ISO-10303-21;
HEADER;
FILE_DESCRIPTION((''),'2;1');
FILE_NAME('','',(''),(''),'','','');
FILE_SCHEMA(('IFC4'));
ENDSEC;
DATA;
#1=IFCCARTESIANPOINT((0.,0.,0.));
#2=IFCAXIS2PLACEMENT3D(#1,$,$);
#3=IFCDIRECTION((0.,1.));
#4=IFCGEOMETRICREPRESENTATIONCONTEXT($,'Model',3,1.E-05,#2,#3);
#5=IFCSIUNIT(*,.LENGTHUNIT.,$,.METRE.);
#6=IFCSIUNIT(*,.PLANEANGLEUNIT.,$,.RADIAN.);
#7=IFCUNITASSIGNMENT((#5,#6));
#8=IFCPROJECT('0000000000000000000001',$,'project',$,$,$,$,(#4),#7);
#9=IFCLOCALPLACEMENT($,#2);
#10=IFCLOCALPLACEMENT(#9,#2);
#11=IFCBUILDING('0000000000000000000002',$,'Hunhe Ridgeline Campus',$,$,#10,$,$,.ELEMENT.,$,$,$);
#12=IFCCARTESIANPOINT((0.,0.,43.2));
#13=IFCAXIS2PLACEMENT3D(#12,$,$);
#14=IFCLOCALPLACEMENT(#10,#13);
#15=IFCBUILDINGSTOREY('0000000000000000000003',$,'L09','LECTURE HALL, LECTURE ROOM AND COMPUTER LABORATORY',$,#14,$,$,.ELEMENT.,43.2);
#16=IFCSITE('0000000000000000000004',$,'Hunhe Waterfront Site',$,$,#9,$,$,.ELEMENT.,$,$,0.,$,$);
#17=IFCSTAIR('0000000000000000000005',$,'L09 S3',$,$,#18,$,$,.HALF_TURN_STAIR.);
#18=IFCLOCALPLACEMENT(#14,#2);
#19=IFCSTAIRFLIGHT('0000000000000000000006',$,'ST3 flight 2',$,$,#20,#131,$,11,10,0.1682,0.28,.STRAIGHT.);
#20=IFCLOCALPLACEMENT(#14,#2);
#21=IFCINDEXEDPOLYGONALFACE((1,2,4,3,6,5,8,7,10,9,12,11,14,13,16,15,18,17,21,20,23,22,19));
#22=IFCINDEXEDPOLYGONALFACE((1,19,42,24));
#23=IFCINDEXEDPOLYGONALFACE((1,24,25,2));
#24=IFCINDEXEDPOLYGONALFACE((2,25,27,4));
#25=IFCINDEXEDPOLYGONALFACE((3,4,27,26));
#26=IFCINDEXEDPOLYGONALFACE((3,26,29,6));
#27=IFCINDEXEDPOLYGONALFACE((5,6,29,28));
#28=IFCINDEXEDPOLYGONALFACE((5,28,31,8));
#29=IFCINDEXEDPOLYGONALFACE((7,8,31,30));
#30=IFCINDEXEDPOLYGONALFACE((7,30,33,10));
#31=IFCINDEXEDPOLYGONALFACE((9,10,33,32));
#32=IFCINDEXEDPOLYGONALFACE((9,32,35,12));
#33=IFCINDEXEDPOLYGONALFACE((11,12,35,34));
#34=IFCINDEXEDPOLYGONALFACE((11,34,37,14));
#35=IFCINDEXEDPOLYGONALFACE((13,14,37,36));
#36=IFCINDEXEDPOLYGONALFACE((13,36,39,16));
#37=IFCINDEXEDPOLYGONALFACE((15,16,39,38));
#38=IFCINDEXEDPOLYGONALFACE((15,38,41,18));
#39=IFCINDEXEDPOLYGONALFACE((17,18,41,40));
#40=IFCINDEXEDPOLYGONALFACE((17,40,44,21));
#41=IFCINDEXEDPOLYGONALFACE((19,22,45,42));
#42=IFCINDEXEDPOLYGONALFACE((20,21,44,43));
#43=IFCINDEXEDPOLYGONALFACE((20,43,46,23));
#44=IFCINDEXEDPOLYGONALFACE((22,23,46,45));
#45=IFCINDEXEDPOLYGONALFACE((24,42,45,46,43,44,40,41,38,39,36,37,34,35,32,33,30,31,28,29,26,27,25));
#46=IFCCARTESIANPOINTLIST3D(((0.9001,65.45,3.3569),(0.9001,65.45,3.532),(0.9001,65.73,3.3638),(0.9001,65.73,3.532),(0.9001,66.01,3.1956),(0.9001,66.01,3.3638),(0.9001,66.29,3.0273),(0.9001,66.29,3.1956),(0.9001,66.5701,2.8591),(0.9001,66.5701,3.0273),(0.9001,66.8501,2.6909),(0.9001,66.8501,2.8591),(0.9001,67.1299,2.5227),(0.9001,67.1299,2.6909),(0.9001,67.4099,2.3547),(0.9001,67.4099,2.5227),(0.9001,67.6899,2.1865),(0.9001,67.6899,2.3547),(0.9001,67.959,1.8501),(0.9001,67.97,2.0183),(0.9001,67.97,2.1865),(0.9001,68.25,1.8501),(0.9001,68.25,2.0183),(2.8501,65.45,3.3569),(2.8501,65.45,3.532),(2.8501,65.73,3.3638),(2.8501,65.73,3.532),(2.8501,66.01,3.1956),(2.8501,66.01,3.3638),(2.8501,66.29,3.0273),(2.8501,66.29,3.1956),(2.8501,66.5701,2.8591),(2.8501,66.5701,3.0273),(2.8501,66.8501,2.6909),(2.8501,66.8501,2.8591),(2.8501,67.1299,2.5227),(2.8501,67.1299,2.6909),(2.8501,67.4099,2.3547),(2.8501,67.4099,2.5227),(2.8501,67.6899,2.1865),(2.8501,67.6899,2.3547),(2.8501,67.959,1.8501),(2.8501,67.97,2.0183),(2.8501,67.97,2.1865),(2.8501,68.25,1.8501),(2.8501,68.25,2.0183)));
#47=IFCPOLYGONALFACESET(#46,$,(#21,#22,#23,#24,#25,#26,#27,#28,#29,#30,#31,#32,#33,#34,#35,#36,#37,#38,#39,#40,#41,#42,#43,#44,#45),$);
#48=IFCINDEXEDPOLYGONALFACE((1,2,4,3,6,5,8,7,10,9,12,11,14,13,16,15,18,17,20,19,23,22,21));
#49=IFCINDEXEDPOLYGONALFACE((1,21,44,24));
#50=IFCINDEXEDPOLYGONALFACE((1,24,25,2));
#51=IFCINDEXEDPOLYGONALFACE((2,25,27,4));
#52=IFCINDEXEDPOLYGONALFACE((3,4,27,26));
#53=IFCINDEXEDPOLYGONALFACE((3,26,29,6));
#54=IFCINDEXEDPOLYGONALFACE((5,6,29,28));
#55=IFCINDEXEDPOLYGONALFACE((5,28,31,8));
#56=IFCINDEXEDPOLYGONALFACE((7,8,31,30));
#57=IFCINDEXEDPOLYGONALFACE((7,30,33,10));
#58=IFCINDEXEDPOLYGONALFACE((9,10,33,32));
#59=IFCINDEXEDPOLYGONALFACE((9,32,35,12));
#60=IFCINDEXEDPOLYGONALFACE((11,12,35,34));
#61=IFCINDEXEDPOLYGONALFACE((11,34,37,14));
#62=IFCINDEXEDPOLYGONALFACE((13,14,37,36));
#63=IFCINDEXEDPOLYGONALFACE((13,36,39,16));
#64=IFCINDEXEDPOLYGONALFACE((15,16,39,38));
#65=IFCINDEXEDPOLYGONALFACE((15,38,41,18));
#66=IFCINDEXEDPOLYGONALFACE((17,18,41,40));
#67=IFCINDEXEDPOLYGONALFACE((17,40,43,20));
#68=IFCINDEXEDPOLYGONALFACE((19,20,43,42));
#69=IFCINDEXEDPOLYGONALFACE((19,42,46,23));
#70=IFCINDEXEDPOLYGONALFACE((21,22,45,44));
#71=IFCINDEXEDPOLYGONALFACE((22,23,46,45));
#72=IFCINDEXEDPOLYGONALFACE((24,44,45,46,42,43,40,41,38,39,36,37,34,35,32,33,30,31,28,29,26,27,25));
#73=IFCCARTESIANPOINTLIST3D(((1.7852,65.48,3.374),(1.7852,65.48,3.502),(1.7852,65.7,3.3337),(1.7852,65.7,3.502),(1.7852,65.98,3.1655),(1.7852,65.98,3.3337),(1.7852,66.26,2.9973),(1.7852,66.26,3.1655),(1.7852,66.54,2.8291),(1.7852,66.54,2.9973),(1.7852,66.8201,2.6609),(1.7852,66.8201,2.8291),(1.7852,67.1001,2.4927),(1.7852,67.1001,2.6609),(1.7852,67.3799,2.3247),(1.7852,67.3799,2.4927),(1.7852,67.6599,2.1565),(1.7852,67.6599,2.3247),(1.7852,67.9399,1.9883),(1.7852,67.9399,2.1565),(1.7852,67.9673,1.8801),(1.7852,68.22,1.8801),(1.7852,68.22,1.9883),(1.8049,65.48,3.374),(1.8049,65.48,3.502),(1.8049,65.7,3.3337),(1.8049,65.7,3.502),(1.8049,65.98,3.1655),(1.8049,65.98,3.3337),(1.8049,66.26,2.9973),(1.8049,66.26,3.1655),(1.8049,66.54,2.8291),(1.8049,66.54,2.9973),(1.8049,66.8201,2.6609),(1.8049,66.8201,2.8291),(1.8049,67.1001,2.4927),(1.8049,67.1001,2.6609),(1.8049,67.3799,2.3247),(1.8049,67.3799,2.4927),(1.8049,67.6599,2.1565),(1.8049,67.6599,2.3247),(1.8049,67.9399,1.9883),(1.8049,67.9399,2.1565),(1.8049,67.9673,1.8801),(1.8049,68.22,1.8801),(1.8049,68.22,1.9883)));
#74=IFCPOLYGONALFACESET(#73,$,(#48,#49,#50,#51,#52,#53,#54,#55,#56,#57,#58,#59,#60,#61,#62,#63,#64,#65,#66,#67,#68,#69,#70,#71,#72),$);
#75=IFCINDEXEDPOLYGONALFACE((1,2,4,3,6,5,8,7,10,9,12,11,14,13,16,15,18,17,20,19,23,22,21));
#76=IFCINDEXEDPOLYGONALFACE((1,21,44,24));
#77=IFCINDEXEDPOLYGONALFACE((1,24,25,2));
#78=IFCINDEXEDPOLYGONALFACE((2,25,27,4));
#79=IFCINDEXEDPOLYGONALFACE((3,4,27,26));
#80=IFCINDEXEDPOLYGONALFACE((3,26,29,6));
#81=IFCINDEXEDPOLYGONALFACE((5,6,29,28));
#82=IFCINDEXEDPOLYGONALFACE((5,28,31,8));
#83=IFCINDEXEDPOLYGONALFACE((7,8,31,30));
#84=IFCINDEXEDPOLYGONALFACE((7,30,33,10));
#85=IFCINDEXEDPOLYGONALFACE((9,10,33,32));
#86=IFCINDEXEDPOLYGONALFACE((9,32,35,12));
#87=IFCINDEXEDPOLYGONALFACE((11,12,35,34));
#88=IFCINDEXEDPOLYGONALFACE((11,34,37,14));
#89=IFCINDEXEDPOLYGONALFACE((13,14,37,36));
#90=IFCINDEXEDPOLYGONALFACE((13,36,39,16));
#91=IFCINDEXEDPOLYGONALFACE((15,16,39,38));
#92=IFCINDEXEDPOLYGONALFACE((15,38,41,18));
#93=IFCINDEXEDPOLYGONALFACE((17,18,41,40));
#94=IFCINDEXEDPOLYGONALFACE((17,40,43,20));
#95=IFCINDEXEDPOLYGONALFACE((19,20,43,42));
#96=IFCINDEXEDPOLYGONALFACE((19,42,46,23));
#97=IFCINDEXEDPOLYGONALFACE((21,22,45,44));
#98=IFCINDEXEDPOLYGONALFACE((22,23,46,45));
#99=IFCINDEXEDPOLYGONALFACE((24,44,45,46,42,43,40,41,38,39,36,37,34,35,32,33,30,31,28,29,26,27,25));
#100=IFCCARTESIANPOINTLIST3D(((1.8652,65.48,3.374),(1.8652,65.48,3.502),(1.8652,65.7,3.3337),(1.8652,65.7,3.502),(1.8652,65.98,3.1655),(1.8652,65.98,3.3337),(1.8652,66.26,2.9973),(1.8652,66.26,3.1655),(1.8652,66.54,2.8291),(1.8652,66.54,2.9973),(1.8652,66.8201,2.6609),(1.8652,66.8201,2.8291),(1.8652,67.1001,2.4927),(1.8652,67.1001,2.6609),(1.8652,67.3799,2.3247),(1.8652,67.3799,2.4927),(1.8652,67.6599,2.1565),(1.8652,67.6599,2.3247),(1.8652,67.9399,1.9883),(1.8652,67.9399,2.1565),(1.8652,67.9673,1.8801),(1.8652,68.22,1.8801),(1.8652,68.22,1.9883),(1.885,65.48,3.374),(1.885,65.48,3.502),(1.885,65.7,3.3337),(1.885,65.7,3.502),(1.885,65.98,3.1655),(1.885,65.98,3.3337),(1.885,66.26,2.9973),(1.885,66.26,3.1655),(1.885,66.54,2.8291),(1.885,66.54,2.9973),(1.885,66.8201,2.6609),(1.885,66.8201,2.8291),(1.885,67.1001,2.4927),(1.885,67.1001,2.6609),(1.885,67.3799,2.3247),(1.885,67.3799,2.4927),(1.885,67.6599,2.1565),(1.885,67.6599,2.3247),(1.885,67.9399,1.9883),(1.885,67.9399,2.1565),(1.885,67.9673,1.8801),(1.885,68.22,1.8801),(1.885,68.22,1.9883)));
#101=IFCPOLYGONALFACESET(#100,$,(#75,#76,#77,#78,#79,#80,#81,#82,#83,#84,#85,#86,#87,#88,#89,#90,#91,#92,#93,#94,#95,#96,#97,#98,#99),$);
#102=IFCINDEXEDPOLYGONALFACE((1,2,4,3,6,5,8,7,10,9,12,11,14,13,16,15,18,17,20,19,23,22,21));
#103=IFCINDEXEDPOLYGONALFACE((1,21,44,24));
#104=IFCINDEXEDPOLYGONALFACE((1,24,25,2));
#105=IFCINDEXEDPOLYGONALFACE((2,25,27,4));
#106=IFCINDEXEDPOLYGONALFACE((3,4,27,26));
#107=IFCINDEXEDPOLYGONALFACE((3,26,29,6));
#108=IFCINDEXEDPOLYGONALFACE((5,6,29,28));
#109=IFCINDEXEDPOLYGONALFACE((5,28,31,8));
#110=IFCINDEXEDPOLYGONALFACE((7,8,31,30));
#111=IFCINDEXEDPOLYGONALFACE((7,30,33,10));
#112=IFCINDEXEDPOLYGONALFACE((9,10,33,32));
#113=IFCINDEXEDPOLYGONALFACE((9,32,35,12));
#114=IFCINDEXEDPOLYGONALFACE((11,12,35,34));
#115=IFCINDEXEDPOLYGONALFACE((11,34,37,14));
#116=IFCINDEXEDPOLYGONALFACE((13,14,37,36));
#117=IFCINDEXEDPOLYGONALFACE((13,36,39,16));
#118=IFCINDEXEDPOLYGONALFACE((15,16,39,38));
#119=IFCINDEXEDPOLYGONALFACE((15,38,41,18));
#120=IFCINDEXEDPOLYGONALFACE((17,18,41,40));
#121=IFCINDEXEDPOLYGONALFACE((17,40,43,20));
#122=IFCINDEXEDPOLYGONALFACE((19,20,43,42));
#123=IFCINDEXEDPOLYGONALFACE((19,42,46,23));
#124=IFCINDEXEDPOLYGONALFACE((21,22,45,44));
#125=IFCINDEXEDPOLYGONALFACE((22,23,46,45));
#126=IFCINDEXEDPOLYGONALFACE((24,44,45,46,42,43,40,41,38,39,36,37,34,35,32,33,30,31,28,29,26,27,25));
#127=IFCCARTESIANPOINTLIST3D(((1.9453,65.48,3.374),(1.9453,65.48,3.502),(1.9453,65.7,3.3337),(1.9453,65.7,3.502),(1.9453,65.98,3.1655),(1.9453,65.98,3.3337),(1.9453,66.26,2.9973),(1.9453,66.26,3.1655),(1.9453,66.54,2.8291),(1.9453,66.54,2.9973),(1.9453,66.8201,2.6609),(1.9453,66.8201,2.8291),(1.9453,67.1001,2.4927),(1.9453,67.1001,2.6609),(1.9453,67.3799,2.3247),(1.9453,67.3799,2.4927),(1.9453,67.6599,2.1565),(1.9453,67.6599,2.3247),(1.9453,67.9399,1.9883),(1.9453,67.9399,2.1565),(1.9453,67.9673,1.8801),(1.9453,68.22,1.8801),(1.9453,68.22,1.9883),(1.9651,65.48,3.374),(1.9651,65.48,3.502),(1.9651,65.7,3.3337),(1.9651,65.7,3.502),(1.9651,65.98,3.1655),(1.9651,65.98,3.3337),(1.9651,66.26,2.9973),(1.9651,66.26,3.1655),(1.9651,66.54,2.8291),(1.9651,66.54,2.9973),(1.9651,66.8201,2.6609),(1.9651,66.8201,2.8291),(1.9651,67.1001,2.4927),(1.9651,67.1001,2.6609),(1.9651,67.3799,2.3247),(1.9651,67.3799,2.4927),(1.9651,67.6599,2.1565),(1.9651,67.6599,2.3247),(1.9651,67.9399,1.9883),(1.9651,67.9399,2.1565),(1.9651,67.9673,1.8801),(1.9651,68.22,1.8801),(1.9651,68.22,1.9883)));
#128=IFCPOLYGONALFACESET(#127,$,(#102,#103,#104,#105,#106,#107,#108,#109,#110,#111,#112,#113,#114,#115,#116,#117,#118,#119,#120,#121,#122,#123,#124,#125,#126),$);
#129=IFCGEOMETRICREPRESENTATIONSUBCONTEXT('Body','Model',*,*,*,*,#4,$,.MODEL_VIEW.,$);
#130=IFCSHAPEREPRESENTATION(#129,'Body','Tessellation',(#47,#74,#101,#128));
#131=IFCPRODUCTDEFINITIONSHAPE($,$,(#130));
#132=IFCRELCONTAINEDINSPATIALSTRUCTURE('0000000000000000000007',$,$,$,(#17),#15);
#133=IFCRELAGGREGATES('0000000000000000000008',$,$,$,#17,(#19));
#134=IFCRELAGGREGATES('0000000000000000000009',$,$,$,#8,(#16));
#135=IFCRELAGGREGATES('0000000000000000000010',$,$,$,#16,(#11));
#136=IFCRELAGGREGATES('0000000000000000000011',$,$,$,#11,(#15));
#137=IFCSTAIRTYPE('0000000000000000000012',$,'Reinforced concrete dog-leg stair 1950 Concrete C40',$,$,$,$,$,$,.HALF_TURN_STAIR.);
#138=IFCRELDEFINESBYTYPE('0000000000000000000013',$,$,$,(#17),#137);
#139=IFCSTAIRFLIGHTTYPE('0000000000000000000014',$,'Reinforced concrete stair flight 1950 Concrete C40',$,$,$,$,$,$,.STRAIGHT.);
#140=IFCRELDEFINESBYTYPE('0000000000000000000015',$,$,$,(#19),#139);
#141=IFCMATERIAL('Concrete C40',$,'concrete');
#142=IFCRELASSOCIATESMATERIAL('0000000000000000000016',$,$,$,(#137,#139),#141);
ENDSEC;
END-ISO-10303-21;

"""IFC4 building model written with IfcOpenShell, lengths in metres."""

from ifc_helpers import new_model, si_unit, direction, frame, origin, place, context, subcontext, project, spatial, polyline, outline, extrude, material, type_object, element, aggregate, save


model = new_model("IFC4")

# Units and contexts
model_context = context("Model", 3, precision=1e-05, world=origin(), true_north=direction((0.0, 1.0)))
body_context = subcontext(model_context, "Body", "Model", "MODEL_VIEW")
ifc_project = project(units=[si_unit("LENGTHUNIT", "METRE"), si_unit("PLANEANGLEUNIT", "RADIAN")], contexts=[model_context])

# Site, building, storey
site_placement = place(None, origin())
site = spatial("IfcSite", under=ifc_project, at=site_placement, Name="Hunhe Waterfront Site", CompositionType="ELEMENT", RefElevation=0.0)
building_placement = place(site_placement, origin())
building = spatial("IfcBuilding", under=site, at=building_placement, Name="Hunhe Ridgeline Campus", CompositionType="ELEMENT")
storey_placement = place(building_placement, frame((0.0, 0.0, 43.2)))
storey = spatial("IfcBuildingStorey", under=building, at=storey_placement, Name="L09", Description="LECTURE HALL, LECTURE ROOM AND COMPUTER LABORATORY", CompositionType="ELEMENT", Elevation=43.2)

# Stair, stair flight
ifc_material_1 = material(Name="Concrete C40", Category="concrete")
stair_type = type_object("IfcStairType", Name="Reinforced concrete dog-leg stair 1950 Concrete C40", PredefinedType="HALF_TURN_STAIR", material=ifc_material_1)
stair_1_placement = place(storey_placement, origin())
stair_1 = element("IfcStair", 1, at=stair_1_placement, inside=storey, type_object=stair_type, Name="L09 S3", PredefinedType="HALF_TURN_STAIR")
stair_flight_type = type_object("IfcStairFlightType", Name="Reinforced concrete stair flight 1950 Concrete C40", PredefinedType="STRAIGHT", material=ifc_material_1)
stair_flight_1_placement = place(storey_placement, frame((1.875, 68.25, 1.8501), z_axis=(0.0, 0.0, 1.0), x_axis=(0.0, -1.0, 0.0)))
stair_flight_1 = element("IfcStairFlight", 2, at=stair_flight_1_placement, type_object=stair_flight_type, Name="ST3 flight 2", NumberOfRisers=11, NumberOfTreads=10, PredefinedType="STRAIGHT", RiserHeight=0.1682, TreadLength=0.28, context=body_context, shape_type="SweptSolid", body=[
    extrude(outline(polyline([(0.0, 0.0), (0.0, 0.1682), (0.28, 0.1682), (0.28, 0.3364), (0.5601, 0.3364), (0.5601, 0.5046), (0.8401, 0.5046), (0.8401, 0.6726), (1.1201, 0.6726), (1.1201, 0.8408), (1.3999, 0.8408), (1.3999, 1.009), (1.6799, 1.009), (1.6799, 1.1772), (1.96, 1.1772), (1.96, 1.3455), (2.24, 1.3455), (2.24, 1.5137), (2.52, 1.5137), (2.52, 1.6819), (2.8, 1.6819), (2.8, 1.8501), (2.8, 1.5068), (0.291, 0.0), (0.0, 0.0)])), frame((0.0, 0.9751, 0.0), z_axis=(0.0, -1.0, 0.0), x_axis=(1.0, 0.0, 0.0)), (0.0, 0.0, 1.0), 1.95),
    extrude(outline(polyline([(0.03, 0.03), (0.03, 0.1382), (0.3101, 0.1382), (0.3101, 0.3064), (0.5901, 0.3064), (0.5901, 0.4746), (0.8701, 0.4746), (0.8701, 0.6426), (1.1499, 0.6426), (1.1499, 0.8108), (1.4299, 0.8108), (1.4299, 0.979), (1.71, 0.979), (1.71, 1.1472), (1.99, 1.1472), (1.99, 1.3154), (2.27, 1.3154), (2.27, 1.4836), (2.55, 1.4836), (2.55, 1.6519), (2.77, 1.6519), (2.77, 1.5239), (0.2827, 0.03), (0.03, 0.03)])), frame((0.0, -0.0701, 0.0), z_axis=(0.0, -1.0, 0.0), x_axis=(1.0, 0.0, 0.0)), (0.0, 0.0, 1.0), 0.0198),
    extrude(outline(polyline([(0.03, 0.03), (0.03, 0.1382), (0.3101, 0.1382), (0.3101, 0.3064), (0.5901, 0.3064), (0.5901, 0.4746), (0.8701, 0.4746), (0.8701, 0.6426), (1.1499, 0.6426), (1.1499, 0.8108), (1.4299, 0.8108), (1.4299, 0.979), (1.71, 0.979), (1.71, 1.1472), (1.99, 1.1472), (1.99, 1.3154), (2.27, 1.3154), (2.27, 1.4836), (2.55, 1.4836), (2.55, 1.6519), (2.77, 1.6519), (2.77, 1.5239), (0.2827, 0.03), (0.03, 0.03)])), frame((0.0, 0.01, 0.0), z_axis=(0.0, -1.0, 0.0), x_axis=(1.0, 0.0, 0.0)), (0.0, 0.0, 1.0), 0.0198),
    extrude(outline(polyline([(0.03, 0.03), (0.03, 0.1382), (0.3101, 0.1382), (0.3101, 0.3064), (0.5901, 0.3064), (0.5901, 0.4746), (0.8701, 0.4746), (0.8701, 0.6426), (1.1499, 0.6426), (1.1499, 0.8108), (1.4299, 0.8108), (1.4299, 0.979), (1.71, 0.979), (1.71, 1.1472), (1.99, 1.1472), (1.99, 1.3154), (2.27, 1.3154), (2.27, 1.4836), (2.55, 1.4836), (2.55, 1.6519), (2.77, 1.6519), (2.77, 1.5239), (0.2827, 0.03), (0.03, 0.03)])), frame((0.0, 0.0901, 0.0), z_axis=(0.0, -1.0, 0.0), x_axis=(1.0, 0.0, 0.0)), (0.0, 0.0, 1.0), 0.0198),
])
aggregate(stair_1, [stair_flight_1])

save(model, "model.ifc")
